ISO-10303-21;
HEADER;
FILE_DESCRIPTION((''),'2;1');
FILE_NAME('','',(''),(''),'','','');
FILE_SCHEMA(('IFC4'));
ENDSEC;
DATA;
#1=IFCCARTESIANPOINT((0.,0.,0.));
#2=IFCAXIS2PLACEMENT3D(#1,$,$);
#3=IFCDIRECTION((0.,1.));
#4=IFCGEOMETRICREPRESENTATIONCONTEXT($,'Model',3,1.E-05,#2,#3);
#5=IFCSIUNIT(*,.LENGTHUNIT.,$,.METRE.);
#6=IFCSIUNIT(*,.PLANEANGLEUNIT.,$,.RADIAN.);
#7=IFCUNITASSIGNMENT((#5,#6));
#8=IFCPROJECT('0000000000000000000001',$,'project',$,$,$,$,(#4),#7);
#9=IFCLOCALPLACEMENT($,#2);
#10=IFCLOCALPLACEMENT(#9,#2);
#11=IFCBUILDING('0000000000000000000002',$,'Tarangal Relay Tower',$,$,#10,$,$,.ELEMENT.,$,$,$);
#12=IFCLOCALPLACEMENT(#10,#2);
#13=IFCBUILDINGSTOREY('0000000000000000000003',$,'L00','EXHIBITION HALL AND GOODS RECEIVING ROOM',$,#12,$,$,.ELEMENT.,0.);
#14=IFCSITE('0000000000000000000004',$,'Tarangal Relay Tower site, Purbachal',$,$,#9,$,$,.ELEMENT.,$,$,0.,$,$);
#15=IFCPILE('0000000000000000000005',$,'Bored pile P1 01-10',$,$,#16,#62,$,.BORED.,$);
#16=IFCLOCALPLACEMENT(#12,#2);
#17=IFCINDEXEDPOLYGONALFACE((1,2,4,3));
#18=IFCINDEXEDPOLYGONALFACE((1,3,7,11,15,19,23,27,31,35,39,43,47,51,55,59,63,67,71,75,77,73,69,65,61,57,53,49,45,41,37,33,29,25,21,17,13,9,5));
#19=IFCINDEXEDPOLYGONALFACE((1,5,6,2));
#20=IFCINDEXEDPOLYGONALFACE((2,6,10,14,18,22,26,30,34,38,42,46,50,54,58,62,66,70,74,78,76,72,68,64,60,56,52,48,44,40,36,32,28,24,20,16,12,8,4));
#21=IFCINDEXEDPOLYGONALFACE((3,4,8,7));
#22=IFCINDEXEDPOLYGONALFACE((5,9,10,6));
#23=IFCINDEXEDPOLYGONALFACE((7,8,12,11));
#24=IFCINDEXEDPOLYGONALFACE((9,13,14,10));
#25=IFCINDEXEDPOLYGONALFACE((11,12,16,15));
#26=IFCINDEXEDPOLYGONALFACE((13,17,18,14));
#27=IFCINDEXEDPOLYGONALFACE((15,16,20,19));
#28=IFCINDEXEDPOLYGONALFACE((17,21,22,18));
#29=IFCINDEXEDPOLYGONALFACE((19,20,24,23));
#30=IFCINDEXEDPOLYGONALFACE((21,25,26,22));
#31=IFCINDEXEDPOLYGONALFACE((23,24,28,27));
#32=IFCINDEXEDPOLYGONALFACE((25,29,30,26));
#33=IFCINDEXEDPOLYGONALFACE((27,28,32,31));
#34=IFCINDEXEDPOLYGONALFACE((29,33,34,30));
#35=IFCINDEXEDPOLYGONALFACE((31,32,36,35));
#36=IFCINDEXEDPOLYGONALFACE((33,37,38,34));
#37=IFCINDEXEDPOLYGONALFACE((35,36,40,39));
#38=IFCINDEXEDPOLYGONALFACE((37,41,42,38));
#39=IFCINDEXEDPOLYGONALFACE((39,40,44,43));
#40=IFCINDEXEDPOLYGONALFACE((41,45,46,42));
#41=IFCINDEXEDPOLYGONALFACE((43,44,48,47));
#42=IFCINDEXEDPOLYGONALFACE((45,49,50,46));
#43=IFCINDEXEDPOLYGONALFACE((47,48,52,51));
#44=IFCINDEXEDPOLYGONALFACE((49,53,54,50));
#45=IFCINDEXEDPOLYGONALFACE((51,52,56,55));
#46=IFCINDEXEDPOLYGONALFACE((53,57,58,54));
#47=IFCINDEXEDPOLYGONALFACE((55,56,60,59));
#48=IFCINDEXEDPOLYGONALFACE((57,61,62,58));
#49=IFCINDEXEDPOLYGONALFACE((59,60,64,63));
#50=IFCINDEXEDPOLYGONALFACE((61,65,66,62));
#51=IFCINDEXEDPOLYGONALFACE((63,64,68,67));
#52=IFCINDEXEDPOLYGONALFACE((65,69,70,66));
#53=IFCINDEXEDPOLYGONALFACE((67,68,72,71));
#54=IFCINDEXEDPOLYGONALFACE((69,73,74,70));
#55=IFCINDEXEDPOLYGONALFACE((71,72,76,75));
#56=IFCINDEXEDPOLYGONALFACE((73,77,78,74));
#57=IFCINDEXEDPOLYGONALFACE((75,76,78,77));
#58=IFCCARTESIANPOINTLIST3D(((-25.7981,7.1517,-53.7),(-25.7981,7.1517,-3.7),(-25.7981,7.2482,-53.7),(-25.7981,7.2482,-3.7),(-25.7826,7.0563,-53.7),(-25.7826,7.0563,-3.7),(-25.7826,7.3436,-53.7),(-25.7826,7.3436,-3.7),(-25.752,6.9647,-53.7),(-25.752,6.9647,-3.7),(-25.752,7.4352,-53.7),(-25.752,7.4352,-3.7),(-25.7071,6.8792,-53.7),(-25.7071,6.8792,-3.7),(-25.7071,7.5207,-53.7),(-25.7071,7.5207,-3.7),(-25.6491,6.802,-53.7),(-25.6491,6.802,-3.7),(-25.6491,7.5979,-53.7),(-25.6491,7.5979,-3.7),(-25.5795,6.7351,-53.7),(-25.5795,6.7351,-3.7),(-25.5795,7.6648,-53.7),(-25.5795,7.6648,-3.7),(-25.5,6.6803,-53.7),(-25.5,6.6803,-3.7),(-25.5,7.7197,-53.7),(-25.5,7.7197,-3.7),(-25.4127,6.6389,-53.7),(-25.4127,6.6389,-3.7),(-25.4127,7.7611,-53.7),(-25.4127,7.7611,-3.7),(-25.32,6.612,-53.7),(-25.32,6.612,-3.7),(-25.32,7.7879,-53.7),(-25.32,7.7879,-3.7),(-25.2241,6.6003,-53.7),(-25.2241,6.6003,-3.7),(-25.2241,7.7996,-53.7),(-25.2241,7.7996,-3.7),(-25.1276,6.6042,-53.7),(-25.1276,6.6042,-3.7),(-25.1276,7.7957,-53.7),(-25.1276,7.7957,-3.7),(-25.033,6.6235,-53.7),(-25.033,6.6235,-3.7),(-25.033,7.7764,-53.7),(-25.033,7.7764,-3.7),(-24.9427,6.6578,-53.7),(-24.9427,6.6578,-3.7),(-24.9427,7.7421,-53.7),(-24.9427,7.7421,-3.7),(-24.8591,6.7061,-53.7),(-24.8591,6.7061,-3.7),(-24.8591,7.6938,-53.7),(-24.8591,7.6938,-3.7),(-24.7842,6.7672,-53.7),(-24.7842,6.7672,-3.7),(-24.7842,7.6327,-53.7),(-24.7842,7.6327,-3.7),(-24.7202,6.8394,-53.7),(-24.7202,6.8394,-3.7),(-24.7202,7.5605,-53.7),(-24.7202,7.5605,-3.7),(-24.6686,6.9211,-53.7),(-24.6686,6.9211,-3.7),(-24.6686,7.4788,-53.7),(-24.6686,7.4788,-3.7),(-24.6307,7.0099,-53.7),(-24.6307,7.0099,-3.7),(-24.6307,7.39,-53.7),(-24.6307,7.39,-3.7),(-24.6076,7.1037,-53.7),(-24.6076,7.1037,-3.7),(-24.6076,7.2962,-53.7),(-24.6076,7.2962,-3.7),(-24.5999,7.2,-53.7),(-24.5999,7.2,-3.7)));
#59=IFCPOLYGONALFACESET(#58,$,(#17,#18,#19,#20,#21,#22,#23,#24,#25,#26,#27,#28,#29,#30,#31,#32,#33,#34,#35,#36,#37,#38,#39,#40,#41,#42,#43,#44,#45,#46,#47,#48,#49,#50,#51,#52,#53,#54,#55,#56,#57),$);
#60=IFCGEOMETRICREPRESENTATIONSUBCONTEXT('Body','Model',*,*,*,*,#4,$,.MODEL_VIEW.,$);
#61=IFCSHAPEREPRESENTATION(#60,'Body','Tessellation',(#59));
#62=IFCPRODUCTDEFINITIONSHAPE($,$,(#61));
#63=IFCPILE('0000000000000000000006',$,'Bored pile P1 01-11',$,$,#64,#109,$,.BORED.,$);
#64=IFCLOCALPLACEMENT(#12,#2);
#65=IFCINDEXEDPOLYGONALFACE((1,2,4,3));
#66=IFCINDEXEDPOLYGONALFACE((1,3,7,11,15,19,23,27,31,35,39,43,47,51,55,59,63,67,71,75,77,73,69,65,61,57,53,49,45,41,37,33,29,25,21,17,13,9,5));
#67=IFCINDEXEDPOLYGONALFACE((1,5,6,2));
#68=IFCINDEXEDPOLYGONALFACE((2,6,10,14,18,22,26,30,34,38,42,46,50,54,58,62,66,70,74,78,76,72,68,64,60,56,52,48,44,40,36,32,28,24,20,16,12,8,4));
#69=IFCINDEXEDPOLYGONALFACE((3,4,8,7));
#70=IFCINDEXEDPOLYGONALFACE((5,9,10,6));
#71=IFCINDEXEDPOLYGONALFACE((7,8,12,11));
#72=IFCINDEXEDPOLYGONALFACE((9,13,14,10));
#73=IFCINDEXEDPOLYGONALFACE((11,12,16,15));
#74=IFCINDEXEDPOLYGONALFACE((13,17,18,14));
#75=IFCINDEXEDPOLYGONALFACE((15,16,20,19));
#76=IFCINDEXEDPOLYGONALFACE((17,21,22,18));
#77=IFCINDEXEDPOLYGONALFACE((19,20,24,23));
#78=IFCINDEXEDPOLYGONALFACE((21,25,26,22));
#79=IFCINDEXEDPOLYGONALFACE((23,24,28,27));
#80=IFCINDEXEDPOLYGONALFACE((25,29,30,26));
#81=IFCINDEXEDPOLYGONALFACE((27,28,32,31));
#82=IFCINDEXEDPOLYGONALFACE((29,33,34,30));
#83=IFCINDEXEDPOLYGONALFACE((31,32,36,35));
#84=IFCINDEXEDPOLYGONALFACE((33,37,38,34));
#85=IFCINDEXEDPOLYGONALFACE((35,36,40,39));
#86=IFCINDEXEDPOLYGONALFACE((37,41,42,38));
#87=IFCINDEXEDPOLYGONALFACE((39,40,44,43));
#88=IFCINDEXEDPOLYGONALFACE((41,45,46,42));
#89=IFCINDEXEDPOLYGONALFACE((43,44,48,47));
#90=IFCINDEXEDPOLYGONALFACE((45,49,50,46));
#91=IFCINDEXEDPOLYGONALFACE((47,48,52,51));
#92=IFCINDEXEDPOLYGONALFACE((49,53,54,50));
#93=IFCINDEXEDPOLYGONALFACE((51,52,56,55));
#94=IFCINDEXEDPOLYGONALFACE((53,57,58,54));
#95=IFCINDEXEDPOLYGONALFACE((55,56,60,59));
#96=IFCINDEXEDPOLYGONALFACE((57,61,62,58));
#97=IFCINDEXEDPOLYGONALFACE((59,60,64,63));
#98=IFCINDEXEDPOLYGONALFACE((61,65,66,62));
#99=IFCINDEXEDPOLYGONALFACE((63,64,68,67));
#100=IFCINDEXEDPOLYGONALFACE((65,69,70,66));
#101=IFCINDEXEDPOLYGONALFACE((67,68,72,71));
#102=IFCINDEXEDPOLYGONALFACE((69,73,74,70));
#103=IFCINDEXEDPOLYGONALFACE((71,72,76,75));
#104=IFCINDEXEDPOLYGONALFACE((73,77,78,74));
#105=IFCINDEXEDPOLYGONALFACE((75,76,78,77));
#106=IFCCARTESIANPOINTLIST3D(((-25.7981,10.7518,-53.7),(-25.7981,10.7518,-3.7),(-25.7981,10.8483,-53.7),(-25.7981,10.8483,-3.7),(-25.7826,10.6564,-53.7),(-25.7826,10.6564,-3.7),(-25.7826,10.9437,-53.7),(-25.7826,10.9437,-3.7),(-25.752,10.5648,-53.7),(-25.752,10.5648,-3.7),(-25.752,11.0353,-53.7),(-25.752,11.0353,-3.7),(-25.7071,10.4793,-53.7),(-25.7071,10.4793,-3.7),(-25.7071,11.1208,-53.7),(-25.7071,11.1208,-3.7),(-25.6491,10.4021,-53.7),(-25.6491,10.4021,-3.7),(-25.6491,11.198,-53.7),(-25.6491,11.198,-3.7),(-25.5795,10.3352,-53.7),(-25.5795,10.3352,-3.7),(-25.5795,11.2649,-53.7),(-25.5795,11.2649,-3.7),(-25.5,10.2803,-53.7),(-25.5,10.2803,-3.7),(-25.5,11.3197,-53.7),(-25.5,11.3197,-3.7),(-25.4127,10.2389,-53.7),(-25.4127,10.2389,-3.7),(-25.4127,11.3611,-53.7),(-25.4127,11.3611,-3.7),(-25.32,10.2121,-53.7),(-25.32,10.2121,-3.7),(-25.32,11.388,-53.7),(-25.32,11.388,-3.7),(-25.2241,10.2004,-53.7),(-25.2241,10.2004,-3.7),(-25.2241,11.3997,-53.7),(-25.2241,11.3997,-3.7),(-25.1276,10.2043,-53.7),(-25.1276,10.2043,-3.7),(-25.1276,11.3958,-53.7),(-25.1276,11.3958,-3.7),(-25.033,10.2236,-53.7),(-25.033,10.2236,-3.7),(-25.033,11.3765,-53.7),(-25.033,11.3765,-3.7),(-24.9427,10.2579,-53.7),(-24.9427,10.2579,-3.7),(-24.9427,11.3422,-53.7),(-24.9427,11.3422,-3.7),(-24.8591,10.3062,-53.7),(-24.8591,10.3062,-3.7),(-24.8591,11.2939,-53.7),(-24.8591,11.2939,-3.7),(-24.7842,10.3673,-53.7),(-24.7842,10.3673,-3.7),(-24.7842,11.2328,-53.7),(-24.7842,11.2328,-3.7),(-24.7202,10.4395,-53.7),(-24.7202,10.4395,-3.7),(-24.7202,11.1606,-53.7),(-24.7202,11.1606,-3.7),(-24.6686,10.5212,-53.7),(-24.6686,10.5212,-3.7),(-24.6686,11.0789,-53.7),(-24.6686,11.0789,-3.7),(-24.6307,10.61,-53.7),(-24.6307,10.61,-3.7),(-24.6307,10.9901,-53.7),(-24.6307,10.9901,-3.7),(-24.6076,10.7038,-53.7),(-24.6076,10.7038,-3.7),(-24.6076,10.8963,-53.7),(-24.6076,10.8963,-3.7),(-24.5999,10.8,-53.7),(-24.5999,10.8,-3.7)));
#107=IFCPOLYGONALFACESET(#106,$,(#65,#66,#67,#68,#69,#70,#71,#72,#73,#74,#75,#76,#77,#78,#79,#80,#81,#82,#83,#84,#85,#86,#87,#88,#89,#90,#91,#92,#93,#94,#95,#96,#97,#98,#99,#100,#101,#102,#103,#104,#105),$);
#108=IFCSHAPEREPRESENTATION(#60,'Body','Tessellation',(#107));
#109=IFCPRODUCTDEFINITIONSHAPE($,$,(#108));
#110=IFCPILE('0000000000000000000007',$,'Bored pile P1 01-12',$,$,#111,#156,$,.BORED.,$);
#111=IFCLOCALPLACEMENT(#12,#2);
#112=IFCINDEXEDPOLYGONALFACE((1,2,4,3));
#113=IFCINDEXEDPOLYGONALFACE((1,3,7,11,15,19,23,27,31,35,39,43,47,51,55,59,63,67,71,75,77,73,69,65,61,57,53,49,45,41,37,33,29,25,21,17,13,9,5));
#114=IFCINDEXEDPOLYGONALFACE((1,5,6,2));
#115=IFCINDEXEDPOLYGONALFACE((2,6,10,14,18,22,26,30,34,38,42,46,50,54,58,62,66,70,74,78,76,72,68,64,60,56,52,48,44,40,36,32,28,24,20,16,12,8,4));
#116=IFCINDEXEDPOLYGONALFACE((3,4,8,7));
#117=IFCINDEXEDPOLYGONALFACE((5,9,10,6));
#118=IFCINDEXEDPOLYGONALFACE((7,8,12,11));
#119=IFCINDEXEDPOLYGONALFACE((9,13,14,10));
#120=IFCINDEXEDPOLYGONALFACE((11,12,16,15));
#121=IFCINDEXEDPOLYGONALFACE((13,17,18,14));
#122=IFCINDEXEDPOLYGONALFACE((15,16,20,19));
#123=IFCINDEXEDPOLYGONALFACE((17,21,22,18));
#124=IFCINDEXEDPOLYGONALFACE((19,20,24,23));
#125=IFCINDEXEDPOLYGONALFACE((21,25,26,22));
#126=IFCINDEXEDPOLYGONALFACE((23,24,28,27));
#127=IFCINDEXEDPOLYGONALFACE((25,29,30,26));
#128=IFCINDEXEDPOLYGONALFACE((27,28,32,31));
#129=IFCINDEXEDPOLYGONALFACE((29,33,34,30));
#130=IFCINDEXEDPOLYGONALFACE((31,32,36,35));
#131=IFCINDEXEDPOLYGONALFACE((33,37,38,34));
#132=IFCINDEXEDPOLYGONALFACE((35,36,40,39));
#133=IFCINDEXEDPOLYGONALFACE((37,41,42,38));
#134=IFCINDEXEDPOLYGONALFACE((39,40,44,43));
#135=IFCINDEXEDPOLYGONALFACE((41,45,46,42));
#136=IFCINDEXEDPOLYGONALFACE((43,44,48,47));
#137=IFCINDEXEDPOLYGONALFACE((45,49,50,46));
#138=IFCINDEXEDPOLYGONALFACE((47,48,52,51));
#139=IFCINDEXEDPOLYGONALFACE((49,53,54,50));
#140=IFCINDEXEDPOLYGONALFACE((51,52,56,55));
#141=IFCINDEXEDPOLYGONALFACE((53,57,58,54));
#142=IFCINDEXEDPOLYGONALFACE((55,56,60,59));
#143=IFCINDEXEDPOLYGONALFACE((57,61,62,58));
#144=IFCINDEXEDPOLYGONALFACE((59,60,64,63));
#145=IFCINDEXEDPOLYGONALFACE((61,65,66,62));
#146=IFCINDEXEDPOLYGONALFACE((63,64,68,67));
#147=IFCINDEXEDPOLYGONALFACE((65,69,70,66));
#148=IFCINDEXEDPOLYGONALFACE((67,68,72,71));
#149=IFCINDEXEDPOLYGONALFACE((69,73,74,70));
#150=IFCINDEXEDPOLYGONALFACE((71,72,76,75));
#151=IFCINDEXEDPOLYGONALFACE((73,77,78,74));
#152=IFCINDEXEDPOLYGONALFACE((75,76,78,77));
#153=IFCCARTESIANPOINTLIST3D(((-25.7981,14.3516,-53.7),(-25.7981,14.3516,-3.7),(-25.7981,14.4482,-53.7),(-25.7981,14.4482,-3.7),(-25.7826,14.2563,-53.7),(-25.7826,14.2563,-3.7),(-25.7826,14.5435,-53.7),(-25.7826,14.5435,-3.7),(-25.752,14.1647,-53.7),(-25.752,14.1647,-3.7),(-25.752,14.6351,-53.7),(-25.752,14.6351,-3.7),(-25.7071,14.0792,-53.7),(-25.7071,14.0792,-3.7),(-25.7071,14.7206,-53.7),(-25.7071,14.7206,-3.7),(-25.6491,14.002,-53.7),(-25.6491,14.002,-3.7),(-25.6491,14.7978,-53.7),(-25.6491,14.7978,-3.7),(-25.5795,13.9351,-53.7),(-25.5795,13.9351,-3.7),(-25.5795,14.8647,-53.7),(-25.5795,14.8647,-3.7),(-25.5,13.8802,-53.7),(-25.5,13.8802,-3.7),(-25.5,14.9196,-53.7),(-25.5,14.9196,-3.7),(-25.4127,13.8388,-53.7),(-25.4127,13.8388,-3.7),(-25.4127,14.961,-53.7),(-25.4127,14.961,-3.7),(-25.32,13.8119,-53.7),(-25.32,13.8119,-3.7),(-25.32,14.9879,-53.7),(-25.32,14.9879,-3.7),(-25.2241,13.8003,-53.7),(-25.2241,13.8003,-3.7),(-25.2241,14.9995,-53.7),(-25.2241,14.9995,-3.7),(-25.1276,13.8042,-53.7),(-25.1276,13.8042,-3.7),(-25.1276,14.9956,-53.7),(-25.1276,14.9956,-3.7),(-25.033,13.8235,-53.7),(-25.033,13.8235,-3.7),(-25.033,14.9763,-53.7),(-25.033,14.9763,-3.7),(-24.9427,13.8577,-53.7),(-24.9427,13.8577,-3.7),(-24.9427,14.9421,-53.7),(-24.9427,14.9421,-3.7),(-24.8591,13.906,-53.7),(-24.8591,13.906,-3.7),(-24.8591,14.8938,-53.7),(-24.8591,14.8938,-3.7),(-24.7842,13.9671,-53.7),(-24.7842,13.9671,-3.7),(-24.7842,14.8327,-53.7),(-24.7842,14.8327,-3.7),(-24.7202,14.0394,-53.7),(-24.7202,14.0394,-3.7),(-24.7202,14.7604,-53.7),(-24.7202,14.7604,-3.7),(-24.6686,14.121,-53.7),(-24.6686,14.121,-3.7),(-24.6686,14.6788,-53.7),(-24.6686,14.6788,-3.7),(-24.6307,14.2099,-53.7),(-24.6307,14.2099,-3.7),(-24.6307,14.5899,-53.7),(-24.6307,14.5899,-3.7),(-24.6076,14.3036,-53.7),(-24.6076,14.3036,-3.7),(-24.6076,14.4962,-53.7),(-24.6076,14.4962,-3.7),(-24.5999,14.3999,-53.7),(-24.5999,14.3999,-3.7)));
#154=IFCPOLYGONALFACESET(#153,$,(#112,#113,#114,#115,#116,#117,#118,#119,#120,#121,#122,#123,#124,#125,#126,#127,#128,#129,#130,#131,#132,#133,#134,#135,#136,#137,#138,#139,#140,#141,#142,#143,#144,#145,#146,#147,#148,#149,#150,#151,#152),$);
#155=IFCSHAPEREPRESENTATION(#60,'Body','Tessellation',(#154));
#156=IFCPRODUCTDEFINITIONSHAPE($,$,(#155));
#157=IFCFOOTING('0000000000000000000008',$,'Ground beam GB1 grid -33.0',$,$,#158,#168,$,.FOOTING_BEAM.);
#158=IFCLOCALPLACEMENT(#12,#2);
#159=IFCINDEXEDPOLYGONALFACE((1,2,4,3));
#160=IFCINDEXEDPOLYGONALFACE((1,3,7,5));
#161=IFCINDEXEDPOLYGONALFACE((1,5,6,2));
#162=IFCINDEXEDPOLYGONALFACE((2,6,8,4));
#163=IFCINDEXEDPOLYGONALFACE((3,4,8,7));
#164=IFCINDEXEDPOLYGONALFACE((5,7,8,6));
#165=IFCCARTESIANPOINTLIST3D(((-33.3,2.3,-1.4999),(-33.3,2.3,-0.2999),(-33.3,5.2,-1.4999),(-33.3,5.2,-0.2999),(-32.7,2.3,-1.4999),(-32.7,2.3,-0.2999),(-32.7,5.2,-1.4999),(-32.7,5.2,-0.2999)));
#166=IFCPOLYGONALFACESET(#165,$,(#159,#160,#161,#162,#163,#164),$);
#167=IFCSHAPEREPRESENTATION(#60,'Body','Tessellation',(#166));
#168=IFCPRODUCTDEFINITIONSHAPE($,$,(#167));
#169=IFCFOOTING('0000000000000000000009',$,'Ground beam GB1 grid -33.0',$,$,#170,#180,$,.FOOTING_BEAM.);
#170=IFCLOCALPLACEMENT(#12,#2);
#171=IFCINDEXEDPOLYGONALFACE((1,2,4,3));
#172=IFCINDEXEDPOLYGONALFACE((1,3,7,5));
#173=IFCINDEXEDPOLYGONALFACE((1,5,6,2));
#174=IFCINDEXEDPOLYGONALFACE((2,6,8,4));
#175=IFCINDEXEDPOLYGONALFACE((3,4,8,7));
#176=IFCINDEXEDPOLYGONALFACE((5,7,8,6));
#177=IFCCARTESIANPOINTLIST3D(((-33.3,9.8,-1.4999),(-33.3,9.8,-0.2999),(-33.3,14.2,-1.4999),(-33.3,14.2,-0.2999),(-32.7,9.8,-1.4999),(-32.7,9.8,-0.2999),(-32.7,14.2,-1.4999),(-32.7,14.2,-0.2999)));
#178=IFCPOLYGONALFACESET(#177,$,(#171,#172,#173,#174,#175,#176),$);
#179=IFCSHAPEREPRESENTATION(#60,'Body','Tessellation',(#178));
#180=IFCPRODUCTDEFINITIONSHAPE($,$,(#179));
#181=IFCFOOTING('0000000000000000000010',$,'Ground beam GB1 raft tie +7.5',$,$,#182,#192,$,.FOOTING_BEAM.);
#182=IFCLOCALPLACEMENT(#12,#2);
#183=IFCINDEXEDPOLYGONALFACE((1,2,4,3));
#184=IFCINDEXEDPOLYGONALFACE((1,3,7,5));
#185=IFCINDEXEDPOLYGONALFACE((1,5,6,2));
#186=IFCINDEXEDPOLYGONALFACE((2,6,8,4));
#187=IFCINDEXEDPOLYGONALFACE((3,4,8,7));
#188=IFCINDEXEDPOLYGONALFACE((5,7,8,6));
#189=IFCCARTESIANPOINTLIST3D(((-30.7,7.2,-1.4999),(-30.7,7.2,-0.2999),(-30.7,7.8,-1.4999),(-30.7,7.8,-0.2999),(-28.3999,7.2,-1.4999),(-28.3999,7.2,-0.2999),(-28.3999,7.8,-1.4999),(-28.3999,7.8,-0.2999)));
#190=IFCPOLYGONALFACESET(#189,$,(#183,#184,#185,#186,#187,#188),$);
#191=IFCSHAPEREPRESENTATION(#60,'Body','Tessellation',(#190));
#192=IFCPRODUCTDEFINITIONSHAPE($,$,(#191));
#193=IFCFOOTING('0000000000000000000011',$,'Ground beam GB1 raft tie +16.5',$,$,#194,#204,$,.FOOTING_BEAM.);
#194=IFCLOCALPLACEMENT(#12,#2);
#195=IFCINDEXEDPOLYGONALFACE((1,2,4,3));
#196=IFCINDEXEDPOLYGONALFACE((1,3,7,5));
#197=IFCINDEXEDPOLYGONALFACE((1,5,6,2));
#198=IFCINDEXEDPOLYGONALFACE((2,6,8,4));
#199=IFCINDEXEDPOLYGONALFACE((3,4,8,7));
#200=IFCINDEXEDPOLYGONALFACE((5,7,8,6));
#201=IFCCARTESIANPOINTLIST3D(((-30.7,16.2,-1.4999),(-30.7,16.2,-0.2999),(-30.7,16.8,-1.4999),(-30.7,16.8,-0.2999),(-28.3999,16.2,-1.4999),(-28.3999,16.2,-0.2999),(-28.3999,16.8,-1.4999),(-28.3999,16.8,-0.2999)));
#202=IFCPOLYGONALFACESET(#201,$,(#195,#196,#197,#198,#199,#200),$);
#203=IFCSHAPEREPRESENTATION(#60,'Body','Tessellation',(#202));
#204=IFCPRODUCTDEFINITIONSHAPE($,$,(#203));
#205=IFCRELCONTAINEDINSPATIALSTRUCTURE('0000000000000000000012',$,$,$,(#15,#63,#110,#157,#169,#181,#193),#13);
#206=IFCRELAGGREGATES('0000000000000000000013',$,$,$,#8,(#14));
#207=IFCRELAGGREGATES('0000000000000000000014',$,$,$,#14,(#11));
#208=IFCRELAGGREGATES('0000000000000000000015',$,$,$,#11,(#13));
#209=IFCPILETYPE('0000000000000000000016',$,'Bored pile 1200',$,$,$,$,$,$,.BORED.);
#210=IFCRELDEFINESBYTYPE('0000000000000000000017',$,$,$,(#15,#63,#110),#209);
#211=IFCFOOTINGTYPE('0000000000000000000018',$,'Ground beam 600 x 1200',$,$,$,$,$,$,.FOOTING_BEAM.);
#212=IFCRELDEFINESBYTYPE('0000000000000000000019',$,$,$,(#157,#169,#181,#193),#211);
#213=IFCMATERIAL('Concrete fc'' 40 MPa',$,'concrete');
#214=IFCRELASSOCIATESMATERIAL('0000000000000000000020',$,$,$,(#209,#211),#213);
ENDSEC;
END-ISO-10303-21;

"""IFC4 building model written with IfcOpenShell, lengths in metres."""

from ifc_helpers import new_model, si_unit, direction, frame, origin, origin_2d, place, context, subcontext, project, spatial, rectangle, circle, extrude, material, material_profile, profile_set, type_object, element, save


model = new_model("IFC4")

# Units and contexts
model_context = context("Model", 3, precision=1e-05, world=origin(), true_north=direction((0.0, 1.0)))
body_context = subcontext(model_context, "Body", "Model", "MODEL_VIEW")
ifc_project = project(units=[si_unit("LENGTHUNIT", "METRE"), si_unit("PLANEANGLEUNIT", "RADIAN")], contexts=[model_context])

# Site, building, storey
site_placement = place(None, origin())
site = spatial("IfcSite", under=ifc_project, at=site_placement, Name="Tarangal Relay Tower site, Purbachal", CompositionType="ELEMENT", RefElevation=0.0)
building_placement = place(site_placement, origin())
building = spatial("IfcBuilding", under=site, at=building_placement, Name="Tarangal Relay Tower", CompositionType="ELEMENT")
storey_placement = place(building_placement, origin())
storey = spatial("IfcBuildingStorey", under=building, at=storey_placement, Name="L00", Description="EXHIBITION HALL AND GOODS RECEIVING ROOM", CompositionType="ELEMENT", Elevation=0.0)

# Piles
ifc_material_1 = material(Name="Concrete fc' 40 MPa", Category="concrete")
ifc_material_profile_1 = material_profile(ifc_material_1, circle(Radius=0.6001, at=origin_2d()), Name="D1200")
ifc_profile_set_1 = profile_set([ifc_material_profile_1], Name="Concrete fc' 40 MPa")
pile_type_1 = type_object("IfcPileType", Name="Bored pile 1200", PredefinedType="BORED", material=ifc_profile_set_1)
for number, where, z_axis, x_axis, name in (
    (1, (-25.2, 7.2, -3.7), (0.0, 0.0, -1.0), (1.0, 0.0, 0.0), "Bored pile P1 01-10"),
    (2, (-25.2, 10.8, -3.7), (0.0, 0.0, -1.0), (1.0, 0.0, 0.0), "Bored pile P1 01-11"),
    (3, (-25.2, 14.3999, -3.7), (0.0, 0.0, -1.0), (1.0, 0.0, 0.0), "Bored pile P1 01-12"),
):
    element("IfcPile", number, at=place(storey_placement, frame(where, z_axis=z_axis, x_axis=x_axis)), inside=storey, type_object=pile_type_1, Name=name, PredefinedType="BORED", context=body_context, shape_type="SweptSolid", body=[
        extrude(circle(Radius=0.6001, at=origin_2d()), origin(), (0.0, 0.0, 1.0), 50.0),
    ])

# Footings
ifc_material_profile_2 = material_profile(ifc_material_1, rectangle(XDim=0.6001, YDim=1.2, at=origin_2d()), Name="GB 600X1200")
ifc_profile_set_2 = profile_set([ifc_material_profile_2], Name="Concrete fc' 40 MPa")
footing_type_1 = type_object("IfcFootingType", Name="Ground beam 600 x 1200", PredefinedType="FOOTING_BEAM", material=ifc_profile_set_2)
footing_1_placement = place(storey_placement, frame((-33.0, 2.3, -0.8999), z_axis=(0.0, 1.0, 0.0), x_axis=(-1.0, 0.0, 0.0)))
element("IfcFooting", 4, at=footing_1_placement, inside=storey, type_object=footing_type_1, Name="Ground beam GB1 grid -33.0", PredefinedType="FOOTING_BEAM", context=body_context, shape_type="SweptSolid", body=[
    extrude(rectangle(XDim=0.6001, YDim=1.2, at=origin_2d()), origin(), (0.0, 0.0, 1.0), 2.8999),
])
footing_2_placement = place(storey_placement, frame((-33.0, 9.8, -0.8999), z_axis=(0.0, 1.0, 0.0), x_axis=(-1.0, 0.0, 0.0)))
element("IfcFooting", 5, at=footing_2_placement, inside=storey, type_object=footing_type_1, Name="Ground beam GB1 grid -33.0", PredefinedType="FOOTING_BEAM", context=body_context, shape_type="SweptSolid", body=[
    extrude(rectangle(XDim=0.6001, YDim=1.2, at=origin_2d()), origin(), (0.0, 0.0, 1.0), 4.3999),
])
for number, where, z_axis, x_axis, name in (
    (6, (-28.3999, 7.5, -0.8999), (-1.0, 0.0, 0.0), (0.0, -1.0, 0.0), "Ground beam GB1 raft tie +7.5"),
    (7, (-28.3999, 16.5, -0.8999), (-1.0, 0.0, 0.0), (0.0, -1.0, 0.0), "Ground beam GB1 raft tie +16.5"),
):
    element("IfcFooting", number, at=place(storey_placement, frame(where, z_axis=z_axis, x_axis=x_axis)), inside=storey, type_object=footing_type_1, Name=name, PredefinedType="FOOTING_BEAM", context=body_context, shape_type="SweptSolid", body=[
        extrude(rectangle(XDim=0.6001, YDim=1.2, at=origin_2d()), origin(), (0.0, 0.0, 1.0), 2.3),
    ])

save(model, "model.ifc")
